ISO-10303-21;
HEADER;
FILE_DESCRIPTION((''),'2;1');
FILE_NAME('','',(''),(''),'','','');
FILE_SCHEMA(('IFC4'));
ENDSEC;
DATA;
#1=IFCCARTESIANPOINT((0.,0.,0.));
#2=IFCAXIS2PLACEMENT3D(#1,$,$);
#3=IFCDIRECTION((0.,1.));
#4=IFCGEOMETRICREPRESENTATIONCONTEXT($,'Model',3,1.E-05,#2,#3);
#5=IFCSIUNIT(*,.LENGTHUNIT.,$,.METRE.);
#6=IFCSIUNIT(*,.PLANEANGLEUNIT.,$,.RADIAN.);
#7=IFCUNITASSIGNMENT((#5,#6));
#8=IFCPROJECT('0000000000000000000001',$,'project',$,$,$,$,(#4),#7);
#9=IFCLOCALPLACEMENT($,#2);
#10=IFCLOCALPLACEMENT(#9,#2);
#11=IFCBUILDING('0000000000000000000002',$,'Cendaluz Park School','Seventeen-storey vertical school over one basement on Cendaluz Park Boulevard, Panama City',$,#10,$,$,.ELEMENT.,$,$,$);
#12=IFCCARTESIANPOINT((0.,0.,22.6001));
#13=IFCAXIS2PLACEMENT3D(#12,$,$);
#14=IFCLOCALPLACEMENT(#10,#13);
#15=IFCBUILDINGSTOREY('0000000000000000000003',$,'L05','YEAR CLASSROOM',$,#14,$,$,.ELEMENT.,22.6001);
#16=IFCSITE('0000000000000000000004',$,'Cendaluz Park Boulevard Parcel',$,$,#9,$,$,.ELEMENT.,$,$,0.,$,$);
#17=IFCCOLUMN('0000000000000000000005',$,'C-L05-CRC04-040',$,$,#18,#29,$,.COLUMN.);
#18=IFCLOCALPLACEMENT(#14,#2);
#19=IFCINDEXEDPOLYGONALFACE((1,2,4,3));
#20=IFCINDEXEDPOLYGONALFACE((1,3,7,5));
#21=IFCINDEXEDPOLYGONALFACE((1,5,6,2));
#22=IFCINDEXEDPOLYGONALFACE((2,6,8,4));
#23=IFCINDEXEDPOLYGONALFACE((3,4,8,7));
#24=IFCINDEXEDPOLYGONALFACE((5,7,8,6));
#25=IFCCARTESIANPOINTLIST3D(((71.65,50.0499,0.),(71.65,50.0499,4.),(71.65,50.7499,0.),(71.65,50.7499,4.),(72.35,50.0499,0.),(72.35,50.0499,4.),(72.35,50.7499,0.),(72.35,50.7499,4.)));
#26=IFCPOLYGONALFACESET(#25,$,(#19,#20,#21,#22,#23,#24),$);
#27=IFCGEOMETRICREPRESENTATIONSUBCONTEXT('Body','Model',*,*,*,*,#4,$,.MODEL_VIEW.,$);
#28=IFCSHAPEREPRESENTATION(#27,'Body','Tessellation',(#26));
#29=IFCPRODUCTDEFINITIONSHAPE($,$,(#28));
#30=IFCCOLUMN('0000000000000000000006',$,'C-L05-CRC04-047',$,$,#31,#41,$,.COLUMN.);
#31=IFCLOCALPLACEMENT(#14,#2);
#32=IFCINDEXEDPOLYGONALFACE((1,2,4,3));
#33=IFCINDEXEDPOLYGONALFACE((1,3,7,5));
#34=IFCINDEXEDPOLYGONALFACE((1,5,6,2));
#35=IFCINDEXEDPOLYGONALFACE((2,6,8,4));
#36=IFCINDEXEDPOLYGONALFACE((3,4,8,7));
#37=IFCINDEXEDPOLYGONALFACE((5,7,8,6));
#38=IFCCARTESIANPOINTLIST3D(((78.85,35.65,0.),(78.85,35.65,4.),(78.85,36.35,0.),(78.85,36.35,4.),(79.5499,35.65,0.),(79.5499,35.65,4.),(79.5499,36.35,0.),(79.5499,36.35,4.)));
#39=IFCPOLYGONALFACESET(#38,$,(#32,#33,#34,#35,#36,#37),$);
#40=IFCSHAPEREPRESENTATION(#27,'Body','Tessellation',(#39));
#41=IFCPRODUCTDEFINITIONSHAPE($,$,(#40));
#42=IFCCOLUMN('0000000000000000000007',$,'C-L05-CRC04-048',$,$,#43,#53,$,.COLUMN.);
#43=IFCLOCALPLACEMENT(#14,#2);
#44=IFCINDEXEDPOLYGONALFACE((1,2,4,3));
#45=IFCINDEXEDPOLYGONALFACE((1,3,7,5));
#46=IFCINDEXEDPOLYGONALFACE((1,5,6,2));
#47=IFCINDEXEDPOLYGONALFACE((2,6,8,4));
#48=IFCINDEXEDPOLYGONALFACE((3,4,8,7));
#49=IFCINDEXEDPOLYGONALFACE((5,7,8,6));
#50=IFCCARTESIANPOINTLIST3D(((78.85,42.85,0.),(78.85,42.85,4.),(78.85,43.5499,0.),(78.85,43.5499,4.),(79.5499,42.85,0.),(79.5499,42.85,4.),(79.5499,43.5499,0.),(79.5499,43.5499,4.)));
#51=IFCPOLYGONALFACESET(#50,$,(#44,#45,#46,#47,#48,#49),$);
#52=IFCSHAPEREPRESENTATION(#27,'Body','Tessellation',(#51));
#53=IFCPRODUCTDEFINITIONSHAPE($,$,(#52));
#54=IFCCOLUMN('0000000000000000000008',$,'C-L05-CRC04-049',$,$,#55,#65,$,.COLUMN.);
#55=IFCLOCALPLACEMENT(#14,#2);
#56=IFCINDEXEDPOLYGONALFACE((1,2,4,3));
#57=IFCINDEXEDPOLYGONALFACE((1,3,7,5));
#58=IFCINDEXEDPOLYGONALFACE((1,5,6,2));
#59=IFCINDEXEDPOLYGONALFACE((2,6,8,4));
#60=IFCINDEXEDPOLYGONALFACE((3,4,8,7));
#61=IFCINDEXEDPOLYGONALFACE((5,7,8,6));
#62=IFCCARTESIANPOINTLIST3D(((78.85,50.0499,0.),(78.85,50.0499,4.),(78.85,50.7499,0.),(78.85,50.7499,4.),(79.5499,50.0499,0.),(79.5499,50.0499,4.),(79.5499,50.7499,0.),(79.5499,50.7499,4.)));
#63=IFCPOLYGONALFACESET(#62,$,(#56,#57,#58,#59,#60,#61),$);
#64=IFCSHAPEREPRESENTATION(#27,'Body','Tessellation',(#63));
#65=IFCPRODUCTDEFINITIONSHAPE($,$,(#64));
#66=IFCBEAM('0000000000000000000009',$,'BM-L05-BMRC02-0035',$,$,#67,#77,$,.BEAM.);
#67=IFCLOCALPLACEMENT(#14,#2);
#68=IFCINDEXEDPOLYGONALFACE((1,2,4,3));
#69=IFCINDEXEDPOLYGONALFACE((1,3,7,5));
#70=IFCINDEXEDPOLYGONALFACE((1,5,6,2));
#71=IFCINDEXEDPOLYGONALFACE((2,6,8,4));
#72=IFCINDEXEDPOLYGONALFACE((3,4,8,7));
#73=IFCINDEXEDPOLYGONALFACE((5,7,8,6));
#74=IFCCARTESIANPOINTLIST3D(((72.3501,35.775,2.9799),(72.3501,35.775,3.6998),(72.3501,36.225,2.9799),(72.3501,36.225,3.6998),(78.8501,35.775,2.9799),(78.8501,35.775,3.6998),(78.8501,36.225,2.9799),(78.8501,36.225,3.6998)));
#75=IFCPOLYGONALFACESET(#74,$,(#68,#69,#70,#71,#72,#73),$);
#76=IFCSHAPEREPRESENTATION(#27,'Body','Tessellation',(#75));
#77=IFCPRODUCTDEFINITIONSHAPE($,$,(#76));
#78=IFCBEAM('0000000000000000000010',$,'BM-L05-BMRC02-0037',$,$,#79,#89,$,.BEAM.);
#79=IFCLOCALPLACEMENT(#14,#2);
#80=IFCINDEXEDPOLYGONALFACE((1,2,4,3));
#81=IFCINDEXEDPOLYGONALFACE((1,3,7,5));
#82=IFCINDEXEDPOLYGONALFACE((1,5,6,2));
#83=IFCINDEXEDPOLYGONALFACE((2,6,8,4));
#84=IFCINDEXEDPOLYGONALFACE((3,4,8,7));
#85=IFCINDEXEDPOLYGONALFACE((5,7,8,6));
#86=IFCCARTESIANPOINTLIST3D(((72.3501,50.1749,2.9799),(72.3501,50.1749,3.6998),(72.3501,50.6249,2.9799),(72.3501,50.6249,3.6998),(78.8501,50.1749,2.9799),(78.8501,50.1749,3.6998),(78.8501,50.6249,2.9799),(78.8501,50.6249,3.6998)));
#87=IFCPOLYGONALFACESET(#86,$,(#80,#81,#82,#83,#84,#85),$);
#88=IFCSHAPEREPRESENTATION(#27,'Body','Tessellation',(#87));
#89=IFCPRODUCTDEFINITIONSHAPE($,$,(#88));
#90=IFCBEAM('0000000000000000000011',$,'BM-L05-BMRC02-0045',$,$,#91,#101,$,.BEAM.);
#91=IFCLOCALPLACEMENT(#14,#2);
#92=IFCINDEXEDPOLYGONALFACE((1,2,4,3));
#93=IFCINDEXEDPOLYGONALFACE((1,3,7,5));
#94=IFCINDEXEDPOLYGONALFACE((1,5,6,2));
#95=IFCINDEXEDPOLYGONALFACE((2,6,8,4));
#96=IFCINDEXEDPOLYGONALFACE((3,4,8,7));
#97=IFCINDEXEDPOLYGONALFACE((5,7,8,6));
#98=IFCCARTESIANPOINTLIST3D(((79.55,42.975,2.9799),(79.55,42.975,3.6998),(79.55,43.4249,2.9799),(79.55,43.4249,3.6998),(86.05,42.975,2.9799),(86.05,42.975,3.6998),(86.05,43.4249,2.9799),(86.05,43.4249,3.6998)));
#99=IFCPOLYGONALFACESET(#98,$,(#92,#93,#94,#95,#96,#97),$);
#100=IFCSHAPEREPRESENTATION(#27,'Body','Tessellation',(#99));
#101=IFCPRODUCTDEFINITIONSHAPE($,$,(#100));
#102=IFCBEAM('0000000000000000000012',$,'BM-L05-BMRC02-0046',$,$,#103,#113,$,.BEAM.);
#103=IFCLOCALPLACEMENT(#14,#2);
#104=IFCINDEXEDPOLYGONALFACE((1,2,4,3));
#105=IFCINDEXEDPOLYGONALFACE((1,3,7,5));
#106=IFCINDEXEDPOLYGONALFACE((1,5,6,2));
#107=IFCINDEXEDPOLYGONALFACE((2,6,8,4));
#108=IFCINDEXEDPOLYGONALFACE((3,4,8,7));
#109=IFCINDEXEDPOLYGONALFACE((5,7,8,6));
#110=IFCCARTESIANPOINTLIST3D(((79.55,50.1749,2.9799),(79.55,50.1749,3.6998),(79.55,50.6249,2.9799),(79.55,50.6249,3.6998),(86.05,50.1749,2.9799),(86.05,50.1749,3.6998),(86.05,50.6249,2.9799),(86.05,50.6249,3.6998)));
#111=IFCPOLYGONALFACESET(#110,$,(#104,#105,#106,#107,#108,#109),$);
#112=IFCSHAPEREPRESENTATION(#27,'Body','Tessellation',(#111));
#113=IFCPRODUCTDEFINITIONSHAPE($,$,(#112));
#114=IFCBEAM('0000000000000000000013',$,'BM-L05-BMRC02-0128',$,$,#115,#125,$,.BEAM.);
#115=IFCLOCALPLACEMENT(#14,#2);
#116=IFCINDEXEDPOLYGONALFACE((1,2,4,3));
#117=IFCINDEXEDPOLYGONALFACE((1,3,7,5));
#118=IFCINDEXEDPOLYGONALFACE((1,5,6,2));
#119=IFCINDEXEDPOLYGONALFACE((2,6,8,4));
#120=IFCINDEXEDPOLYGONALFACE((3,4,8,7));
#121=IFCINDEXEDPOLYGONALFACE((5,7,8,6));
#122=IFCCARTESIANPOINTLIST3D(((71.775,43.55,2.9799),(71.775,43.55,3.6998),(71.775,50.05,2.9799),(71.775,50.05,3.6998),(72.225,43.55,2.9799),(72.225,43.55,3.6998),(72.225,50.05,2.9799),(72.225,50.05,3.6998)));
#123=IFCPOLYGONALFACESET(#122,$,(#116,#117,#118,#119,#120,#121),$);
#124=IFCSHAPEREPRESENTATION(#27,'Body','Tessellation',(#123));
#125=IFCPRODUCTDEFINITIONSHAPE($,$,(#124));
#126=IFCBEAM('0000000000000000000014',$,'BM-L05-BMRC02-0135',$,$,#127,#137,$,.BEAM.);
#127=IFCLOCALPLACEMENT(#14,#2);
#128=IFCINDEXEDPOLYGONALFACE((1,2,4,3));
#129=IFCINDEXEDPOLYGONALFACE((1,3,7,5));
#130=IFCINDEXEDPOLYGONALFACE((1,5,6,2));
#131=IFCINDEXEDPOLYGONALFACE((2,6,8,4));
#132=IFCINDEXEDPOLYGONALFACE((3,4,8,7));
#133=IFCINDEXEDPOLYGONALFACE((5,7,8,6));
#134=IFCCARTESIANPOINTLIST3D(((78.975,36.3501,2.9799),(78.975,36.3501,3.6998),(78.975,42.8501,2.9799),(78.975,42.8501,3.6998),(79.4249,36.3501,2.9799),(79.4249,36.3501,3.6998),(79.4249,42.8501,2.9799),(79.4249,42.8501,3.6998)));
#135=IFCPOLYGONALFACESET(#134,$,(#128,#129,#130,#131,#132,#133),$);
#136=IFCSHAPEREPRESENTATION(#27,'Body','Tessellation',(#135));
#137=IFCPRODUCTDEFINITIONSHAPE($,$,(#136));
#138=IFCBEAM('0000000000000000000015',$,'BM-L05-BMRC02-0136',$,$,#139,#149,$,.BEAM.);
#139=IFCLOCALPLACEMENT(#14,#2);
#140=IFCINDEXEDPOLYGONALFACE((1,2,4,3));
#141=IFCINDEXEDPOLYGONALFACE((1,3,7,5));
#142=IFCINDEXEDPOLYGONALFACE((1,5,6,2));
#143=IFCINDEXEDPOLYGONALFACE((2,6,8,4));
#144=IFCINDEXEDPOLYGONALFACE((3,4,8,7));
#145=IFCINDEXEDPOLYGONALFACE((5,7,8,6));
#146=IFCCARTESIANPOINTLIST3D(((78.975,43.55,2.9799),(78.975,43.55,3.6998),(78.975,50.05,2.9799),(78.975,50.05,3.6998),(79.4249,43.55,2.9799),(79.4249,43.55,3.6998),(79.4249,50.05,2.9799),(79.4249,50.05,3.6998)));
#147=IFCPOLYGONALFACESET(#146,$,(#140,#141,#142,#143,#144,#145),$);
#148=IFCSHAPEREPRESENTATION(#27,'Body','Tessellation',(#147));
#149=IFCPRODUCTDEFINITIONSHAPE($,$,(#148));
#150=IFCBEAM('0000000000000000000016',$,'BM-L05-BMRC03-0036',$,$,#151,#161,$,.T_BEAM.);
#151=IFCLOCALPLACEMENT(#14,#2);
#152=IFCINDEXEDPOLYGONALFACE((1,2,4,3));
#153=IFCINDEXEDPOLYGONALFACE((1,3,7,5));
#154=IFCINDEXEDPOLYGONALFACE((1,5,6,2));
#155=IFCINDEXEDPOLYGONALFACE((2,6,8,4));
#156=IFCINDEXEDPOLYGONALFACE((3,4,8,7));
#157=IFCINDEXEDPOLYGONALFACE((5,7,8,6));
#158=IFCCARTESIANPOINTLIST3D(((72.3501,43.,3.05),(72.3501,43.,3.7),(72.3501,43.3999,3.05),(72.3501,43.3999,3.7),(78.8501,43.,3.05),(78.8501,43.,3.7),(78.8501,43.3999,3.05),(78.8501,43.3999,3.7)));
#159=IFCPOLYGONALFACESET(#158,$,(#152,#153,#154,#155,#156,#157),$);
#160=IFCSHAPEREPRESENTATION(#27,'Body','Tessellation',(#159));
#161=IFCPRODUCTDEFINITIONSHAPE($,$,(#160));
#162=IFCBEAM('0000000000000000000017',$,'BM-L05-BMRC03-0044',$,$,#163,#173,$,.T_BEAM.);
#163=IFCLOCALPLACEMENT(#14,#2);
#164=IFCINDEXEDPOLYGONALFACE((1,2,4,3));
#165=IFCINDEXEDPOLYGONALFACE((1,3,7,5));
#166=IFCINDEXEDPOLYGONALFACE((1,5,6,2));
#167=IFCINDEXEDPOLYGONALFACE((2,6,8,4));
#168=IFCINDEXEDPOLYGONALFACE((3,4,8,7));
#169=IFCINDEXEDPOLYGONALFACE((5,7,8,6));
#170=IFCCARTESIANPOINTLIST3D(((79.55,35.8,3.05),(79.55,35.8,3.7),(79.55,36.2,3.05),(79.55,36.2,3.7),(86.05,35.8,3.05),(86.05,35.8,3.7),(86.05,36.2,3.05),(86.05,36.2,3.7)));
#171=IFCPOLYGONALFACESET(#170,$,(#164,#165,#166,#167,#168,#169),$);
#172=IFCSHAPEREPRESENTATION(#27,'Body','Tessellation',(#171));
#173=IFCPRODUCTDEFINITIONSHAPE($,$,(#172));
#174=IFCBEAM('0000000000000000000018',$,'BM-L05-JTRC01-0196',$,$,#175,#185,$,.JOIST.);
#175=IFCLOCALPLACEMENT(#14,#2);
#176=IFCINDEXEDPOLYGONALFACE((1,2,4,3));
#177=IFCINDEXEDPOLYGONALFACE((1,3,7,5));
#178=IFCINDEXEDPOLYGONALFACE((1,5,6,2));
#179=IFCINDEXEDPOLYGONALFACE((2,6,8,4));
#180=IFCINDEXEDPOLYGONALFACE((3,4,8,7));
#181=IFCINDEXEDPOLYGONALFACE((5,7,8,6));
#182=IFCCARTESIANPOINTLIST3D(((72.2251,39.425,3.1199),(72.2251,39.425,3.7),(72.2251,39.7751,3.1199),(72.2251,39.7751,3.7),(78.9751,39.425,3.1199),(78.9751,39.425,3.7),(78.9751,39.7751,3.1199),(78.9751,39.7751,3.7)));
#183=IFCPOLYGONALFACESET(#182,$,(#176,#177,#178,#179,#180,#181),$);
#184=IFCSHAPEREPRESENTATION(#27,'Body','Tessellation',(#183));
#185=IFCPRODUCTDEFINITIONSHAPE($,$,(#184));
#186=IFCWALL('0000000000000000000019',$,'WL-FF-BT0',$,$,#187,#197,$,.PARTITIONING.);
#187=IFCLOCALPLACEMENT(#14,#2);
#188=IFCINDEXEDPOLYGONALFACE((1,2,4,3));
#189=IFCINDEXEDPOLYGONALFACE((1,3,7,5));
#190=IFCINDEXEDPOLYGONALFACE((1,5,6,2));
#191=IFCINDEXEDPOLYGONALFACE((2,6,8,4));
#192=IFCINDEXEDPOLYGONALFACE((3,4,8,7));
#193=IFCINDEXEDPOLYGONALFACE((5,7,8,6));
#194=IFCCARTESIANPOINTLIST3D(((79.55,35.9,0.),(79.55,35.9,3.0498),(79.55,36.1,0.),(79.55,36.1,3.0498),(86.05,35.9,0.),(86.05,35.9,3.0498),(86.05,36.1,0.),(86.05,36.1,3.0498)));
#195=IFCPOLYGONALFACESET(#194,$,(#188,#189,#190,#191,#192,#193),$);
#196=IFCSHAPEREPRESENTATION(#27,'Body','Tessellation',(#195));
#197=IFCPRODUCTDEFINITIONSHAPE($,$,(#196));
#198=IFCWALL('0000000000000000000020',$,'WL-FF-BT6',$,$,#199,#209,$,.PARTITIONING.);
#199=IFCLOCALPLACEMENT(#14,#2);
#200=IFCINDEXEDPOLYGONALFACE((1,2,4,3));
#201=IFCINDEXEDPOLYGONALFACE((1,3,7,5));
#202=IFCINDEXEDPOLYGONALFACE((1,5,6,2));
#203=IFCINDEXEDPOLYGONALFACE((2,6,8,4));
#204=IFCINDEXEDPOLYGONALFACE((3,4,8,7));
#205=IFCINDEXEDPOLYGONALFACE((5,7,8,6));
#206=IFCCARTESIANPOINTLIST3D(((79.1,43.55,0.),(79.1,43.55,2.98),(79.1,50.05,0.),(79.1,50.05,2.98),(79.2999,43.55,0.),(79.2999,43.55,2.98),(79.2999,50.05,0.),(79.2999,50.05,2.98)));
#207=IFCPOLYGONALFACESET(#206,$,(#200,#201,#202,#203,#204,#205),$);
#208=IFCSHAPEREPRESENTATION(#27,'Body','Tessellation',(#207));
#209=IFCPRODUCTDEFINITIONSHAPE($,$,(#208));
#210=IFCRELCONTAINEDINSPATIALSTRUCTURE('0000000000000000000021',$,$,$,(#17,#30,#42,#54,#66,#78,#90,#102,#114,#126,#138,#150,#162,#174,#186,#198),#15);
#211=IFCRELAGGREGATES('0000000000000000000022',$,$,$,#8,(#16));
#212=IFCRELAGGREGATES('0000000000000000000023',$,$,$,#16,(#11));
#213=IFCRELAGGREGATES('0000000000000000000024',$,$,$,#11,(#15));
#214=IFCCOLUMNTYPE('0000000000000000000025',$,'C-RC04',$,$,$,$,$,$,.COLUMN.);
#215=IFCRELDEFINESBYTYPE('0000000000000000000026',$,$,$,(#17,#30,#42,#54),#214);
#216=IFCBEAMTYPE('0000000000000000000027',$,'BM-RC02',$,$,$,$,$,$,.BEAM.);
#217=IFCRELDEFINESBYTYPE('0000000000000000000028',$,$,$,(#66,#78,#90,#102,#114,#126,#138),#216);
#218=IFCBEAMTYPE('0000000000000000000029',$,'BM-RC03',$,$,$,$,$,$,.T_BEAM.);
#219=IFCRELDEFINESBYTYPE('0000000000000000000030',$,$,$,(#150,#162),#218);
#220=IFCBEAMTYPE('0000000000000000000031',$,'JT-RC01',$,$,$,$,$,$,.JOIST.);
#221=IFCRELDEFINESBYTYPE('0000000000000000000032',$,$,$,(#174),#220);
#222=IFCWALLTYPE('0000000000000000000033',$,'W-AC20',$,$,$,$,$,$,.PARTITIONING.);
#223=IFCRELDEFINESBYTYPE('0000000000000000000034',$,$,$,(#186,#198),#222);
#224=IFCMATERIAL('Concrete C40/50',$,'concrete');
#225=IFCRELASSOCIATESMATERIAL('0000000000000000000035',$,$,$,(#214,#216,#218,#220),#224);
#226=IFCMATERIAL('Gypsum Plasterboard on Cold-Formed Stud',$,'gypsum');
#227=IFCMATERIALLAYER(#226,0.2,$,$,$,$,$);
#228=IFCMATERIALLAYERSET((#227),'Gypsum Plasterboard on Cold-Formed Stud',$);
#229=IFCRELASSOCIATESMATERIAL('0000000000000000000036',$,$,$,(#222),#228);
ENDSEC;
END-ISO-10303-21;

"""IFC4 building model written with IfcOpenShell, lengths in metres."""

from ifc_helpers import new_model, si_unit, direction, frame, frame_2d, origin, origin_2d, place, context, subcontext, project, spatial, rectangle, extrude, material, layer, layer_set, material_profile, profile_set, type_object, element, save


model = new_model("IFC4")

# Units and contexts
model_context = context("Model", 3, precision=1e-05, world=origin(), true_north=direction((0.0, 1.0)))
body_context = subcontext(model_context, "Body", "Model", "MODEL_VIEW")
ifc_project = project(units=[si_unit("LENGTHUNIT", "METRE"), si_unit("PLANEANGLEUNIT", "RADIAN")], contexts=[model_context])

# Site, building, storey
site_placement = place(None, origin())
site = spatial("IfcSite", under=ifc_project, at=site_placement, Name="Cendaluz Park Boulevard Parcel", CompositionType="ELEMENT", RefElevation=0.0)
building_placement = place(site_placement, origin())
building = spatial("IfcBuilding", under=site, at=building_placement, Name="Cendaluz Park School", Description="Seventeen-storey vertical school over one basement on Cendaluz Park Boulevard, Panama City", CompositionType="ELEMENT")
storey_placement = place(building_placement, frame((0.0, 0.0, 22.6001)))
storey = spatial("IfcBuildingStorey", under=building, at=storey_placement, Name="L05", Description="YEAR CLASSROOM", CompositionType="ELEMENT", Elevation=22.6001)

# Columns
ifc_material_1 = material(Name="Concrete C40/50", Category="concrete")
ifc_material_profile_1 = material_profile(ifc_material_1, rectangle(XDim=0.7, YDim=0.7, at=origin_2d()), Name="RC 700x700", Category="concrete")
ifc_profile_set_1 = profile_set([ifc_material_profile_1], Name="Concrete C40/50")
column_type = type_object("IfcColumnType", Name="C-RC04", PredefinedType="COLUMN", material=ifc_profile_set_1)
for number, where, z_axis, x_axis, name in (
    (1, (72.0, 50.3999, 0.0), (0.0, 0.0, 1.0), (1.0, 0.0, 0.0), "C-L05-CRC04-040"),
    (2, (79.2, 36.0, 0.0), (0.0, 0.0, 1.0), (1.0, 0.0, 0.0), "C-L05-CRC04-047"),
    (3, (79.2, 43.2, 0.0), (0.0, 0.0, 1.0), (1.0, 0.0, 0.0), "C-L05-CRC04-048"),
    (4, (79.2, 50.3999, 0.0), (0.0, 0.0, 1.0), (1.0, 0.0, 0.0), "C-L05-CRC04-049"),
):
    element("IfcColumn", number, at=place(storey_placement, frame(where, z_axis=z_axis, x_axis=x_axis)), inside=storey, type_object=column_type, Name=name, PredefinedType="COLUMN", context=body_context, shape_type="SweptSolid", body=[
        extrude(rectangle(XDim=0.7, YDim=0.7, at=origin_2d()), origin(), (0.0, 0.0, 1.0), 4.0),
    ])

# Beams
ifc_material_profile_2 = material_profile(ifc_material_1, rectangle(XDim=0.45, YDim=0.72, at=origin_2d()), Name="RC 450x720", Category="concrete")
ifc_profile_set_2 = profile_set([ifc_material_profile_2], Name="Concrete C40/50")
beam_type_1 = type_object("IfcBeamType", Name="BM-RC02", PredefinedType="BEAM", material=ifc_profile_set_2)
for number, where, z_axis, x_axis, name in (
    (5, (72.3501, 36.0, 3.3398), (1.0, 0.0, 0.0), (0.0, 1.0, 0.0), "BM-L05-BMRC02-0035"),
    (6, (72.3501, 50.3999, 3.3398), (1.0, 0.0, 0.0), (0.0, 1.0, 0.0), "BM-L05-BMRC02-0037"),
    (7, (79.55, 43.2, 3.3398), (1.0, 0.0, 0.0), (0.0, 1.0, 0.0), "BM-L05-BMRC02-0045"),
    (8, (79.55, 50.3999, 3.3398), (1.0, 0.0, 0.0), (0.0, 1.0, 0.0), "BM-L05-BMRC02-0046"),
    (9, (72.0, 43.55, 3.3398), (0.0, 1.0, 0.0), (-1.0, 0.0, 0.0), "BM-L05-BMRC02-0128"),
    (10, (79.2, 36.3501, 3.3398), (0.0, 1.0, 0.0), (-1.0, 0.0, 0.0), "BM-L05-BMRC02-0135"),
    (11, (79.2, 43.55, 3.3398), (0.0, 1.0, 0.0), (-1.0, 0.0, 0.0), "BM-L05-BMRC02-0136"),
):
    element("IfcBeam", number, at=place(storey_placement, frame(where, z_axis=z_axis, x_axis=x_axis)), inside=storey, type_object=beam_type_1, Name=name, PredefinedType="BEAM", context=body_context, shape_type="SweptSolid", body=[
        extrude(rectangle(XDim=0.45, YDim=0.72, at=origin_2d()), origin(), (0.0, 0.0, 1.0), 6.5),
    ])
ifc_material_profile_3 = material_profile(ifc_material_1, rectangle(XDim=0.3999, YDim=0.6499, at=origin_2d()), Name="RC 400x650", Category="concrete")
ifc_profile_set_3 = profile_set([ifc_material_profile_3], Name="Concrete C40/50")
beam_type_2 = type_object("IfcBeamType", Name="BM-RC03", PredefinedType="T_BEAM", material=ifc_profile_set_3)
for number, where, z_axis, x_axis, name in (
    (12, (72.3501, 43.2, 3.375), (1.0, 0.0, 0.0), (0.0, 1.0, 0.0), "BM-L05-BMRC03-0036"),
    (13, (79.55, 36.0, 3.375), (1.0, 0.0, 0.0), (0.0, 1.0, 0.0), "BM-L05-BMRC03-0044"),
):
    element("IfcBeam", number, at=place(storey_placement, frame(where, z_axis=z_axis, x_axis=x_axis)), inside=storey, type_object=beam_type_2, Name=name, PredefinedType="T_BEAM", context=body_context, shape_type="SweptSolid", body=[
        extrude(rectangle(XDim=0.3999, YDim=0.6499, at=origin_2d()), origin(), (0.0, 0.0, 1.0), 6.5),
    ])
ifc_material_profile_4 = material_profile(ifc_material_1, rectangle(XDim=0.3501, YDim=0.5801, at=origin_2d()), Name="RC 350x580", Category="concrete")
ifc_profile_set_4 = profile_set([ifc_material_profile_4], Name="Concrete C40/50")
beam_type_3 = type_object("IfcBeamType", Name="JT-RC01", PredefinedType="JOIST", material=ifc_profile_set_4)
beam_placement = place(storey_placement, frame((72.2251, 39.6001, 3.4099), z_axis=(1.0, 0.0, 0.0), x_axis=(0.0, 1.0, 0.0)))
element("IfcBeam", 14, at=beam_placement, inside=storey, type_object=beam_type_3, Name="BM-L05-JTRC01-0196", PredefinedType="JOIST", context=body_context, shape_type="SweptSolid", body=[
    extrude(rectangle(XDim=0.3501, YDim=0.5801, at=origin_2d()), origin(), (0.0, 0.0, 1.0), 6.75),
])

# Wall
ifc_material_2 = material(Name="Gypsum Plasterboard on Cold-Formed Stud", Category="gypsum")
ifc_layer_1 = layer(ifc_material_2, 0.2)
ifc_layer_set_1 = layer_set([ifc_layer_1], Name="Gypsum Plasterboard on Cold-Formed Stud")
wall_type_1 = type_object("IfcWallType", Name="W-AC20", PredefinedType="PARTITIONING", material=ifc_layer_set_1)
wall_1_placement = place(storey_placement, frame((79.55, 36.0, 0.0), z_axis=(0.0, 0.0, 1.0), x_axis=(1.0, 0.0, 0.0)))
element("IfcWall", 15, at=wall_1_placement, inside=storey, type_object=wall_type_1, Name="WL-FF-BT0", PredefinedType="PARTITIONING", context=body_context, shape_type="SweptSolid", body=[
    extrude(rectangle(XDim=6.5, YDim=0.2, at=frame_2d((3.25, 0.0))), origin(), (0.0, 0.0, 1.0), 3.0498),
])

# Wall
wall_2_placement = place(storey_placement, frame((79.2, 43.55, 0.0), z_axis=(0.0, 0.0, 1.0), x_axis=(0.0, 1.0, 0.0)))
element("IfcWall", 16, at=wall_2_placement, inside=storey, type_object=wall_type_1, Name="WL-FF-BT6", PredefinedType="PARTITIONING", context=body_context, shape_type="SweptSolid", body=[
    extrude(rectangle(XDim=6.5, YDim=0.2, at=frame_2d((3.25, 0.0))), origin(), (0.0, 0.0, 1.0), 2.98),
])

save(model, "model.ifc")
